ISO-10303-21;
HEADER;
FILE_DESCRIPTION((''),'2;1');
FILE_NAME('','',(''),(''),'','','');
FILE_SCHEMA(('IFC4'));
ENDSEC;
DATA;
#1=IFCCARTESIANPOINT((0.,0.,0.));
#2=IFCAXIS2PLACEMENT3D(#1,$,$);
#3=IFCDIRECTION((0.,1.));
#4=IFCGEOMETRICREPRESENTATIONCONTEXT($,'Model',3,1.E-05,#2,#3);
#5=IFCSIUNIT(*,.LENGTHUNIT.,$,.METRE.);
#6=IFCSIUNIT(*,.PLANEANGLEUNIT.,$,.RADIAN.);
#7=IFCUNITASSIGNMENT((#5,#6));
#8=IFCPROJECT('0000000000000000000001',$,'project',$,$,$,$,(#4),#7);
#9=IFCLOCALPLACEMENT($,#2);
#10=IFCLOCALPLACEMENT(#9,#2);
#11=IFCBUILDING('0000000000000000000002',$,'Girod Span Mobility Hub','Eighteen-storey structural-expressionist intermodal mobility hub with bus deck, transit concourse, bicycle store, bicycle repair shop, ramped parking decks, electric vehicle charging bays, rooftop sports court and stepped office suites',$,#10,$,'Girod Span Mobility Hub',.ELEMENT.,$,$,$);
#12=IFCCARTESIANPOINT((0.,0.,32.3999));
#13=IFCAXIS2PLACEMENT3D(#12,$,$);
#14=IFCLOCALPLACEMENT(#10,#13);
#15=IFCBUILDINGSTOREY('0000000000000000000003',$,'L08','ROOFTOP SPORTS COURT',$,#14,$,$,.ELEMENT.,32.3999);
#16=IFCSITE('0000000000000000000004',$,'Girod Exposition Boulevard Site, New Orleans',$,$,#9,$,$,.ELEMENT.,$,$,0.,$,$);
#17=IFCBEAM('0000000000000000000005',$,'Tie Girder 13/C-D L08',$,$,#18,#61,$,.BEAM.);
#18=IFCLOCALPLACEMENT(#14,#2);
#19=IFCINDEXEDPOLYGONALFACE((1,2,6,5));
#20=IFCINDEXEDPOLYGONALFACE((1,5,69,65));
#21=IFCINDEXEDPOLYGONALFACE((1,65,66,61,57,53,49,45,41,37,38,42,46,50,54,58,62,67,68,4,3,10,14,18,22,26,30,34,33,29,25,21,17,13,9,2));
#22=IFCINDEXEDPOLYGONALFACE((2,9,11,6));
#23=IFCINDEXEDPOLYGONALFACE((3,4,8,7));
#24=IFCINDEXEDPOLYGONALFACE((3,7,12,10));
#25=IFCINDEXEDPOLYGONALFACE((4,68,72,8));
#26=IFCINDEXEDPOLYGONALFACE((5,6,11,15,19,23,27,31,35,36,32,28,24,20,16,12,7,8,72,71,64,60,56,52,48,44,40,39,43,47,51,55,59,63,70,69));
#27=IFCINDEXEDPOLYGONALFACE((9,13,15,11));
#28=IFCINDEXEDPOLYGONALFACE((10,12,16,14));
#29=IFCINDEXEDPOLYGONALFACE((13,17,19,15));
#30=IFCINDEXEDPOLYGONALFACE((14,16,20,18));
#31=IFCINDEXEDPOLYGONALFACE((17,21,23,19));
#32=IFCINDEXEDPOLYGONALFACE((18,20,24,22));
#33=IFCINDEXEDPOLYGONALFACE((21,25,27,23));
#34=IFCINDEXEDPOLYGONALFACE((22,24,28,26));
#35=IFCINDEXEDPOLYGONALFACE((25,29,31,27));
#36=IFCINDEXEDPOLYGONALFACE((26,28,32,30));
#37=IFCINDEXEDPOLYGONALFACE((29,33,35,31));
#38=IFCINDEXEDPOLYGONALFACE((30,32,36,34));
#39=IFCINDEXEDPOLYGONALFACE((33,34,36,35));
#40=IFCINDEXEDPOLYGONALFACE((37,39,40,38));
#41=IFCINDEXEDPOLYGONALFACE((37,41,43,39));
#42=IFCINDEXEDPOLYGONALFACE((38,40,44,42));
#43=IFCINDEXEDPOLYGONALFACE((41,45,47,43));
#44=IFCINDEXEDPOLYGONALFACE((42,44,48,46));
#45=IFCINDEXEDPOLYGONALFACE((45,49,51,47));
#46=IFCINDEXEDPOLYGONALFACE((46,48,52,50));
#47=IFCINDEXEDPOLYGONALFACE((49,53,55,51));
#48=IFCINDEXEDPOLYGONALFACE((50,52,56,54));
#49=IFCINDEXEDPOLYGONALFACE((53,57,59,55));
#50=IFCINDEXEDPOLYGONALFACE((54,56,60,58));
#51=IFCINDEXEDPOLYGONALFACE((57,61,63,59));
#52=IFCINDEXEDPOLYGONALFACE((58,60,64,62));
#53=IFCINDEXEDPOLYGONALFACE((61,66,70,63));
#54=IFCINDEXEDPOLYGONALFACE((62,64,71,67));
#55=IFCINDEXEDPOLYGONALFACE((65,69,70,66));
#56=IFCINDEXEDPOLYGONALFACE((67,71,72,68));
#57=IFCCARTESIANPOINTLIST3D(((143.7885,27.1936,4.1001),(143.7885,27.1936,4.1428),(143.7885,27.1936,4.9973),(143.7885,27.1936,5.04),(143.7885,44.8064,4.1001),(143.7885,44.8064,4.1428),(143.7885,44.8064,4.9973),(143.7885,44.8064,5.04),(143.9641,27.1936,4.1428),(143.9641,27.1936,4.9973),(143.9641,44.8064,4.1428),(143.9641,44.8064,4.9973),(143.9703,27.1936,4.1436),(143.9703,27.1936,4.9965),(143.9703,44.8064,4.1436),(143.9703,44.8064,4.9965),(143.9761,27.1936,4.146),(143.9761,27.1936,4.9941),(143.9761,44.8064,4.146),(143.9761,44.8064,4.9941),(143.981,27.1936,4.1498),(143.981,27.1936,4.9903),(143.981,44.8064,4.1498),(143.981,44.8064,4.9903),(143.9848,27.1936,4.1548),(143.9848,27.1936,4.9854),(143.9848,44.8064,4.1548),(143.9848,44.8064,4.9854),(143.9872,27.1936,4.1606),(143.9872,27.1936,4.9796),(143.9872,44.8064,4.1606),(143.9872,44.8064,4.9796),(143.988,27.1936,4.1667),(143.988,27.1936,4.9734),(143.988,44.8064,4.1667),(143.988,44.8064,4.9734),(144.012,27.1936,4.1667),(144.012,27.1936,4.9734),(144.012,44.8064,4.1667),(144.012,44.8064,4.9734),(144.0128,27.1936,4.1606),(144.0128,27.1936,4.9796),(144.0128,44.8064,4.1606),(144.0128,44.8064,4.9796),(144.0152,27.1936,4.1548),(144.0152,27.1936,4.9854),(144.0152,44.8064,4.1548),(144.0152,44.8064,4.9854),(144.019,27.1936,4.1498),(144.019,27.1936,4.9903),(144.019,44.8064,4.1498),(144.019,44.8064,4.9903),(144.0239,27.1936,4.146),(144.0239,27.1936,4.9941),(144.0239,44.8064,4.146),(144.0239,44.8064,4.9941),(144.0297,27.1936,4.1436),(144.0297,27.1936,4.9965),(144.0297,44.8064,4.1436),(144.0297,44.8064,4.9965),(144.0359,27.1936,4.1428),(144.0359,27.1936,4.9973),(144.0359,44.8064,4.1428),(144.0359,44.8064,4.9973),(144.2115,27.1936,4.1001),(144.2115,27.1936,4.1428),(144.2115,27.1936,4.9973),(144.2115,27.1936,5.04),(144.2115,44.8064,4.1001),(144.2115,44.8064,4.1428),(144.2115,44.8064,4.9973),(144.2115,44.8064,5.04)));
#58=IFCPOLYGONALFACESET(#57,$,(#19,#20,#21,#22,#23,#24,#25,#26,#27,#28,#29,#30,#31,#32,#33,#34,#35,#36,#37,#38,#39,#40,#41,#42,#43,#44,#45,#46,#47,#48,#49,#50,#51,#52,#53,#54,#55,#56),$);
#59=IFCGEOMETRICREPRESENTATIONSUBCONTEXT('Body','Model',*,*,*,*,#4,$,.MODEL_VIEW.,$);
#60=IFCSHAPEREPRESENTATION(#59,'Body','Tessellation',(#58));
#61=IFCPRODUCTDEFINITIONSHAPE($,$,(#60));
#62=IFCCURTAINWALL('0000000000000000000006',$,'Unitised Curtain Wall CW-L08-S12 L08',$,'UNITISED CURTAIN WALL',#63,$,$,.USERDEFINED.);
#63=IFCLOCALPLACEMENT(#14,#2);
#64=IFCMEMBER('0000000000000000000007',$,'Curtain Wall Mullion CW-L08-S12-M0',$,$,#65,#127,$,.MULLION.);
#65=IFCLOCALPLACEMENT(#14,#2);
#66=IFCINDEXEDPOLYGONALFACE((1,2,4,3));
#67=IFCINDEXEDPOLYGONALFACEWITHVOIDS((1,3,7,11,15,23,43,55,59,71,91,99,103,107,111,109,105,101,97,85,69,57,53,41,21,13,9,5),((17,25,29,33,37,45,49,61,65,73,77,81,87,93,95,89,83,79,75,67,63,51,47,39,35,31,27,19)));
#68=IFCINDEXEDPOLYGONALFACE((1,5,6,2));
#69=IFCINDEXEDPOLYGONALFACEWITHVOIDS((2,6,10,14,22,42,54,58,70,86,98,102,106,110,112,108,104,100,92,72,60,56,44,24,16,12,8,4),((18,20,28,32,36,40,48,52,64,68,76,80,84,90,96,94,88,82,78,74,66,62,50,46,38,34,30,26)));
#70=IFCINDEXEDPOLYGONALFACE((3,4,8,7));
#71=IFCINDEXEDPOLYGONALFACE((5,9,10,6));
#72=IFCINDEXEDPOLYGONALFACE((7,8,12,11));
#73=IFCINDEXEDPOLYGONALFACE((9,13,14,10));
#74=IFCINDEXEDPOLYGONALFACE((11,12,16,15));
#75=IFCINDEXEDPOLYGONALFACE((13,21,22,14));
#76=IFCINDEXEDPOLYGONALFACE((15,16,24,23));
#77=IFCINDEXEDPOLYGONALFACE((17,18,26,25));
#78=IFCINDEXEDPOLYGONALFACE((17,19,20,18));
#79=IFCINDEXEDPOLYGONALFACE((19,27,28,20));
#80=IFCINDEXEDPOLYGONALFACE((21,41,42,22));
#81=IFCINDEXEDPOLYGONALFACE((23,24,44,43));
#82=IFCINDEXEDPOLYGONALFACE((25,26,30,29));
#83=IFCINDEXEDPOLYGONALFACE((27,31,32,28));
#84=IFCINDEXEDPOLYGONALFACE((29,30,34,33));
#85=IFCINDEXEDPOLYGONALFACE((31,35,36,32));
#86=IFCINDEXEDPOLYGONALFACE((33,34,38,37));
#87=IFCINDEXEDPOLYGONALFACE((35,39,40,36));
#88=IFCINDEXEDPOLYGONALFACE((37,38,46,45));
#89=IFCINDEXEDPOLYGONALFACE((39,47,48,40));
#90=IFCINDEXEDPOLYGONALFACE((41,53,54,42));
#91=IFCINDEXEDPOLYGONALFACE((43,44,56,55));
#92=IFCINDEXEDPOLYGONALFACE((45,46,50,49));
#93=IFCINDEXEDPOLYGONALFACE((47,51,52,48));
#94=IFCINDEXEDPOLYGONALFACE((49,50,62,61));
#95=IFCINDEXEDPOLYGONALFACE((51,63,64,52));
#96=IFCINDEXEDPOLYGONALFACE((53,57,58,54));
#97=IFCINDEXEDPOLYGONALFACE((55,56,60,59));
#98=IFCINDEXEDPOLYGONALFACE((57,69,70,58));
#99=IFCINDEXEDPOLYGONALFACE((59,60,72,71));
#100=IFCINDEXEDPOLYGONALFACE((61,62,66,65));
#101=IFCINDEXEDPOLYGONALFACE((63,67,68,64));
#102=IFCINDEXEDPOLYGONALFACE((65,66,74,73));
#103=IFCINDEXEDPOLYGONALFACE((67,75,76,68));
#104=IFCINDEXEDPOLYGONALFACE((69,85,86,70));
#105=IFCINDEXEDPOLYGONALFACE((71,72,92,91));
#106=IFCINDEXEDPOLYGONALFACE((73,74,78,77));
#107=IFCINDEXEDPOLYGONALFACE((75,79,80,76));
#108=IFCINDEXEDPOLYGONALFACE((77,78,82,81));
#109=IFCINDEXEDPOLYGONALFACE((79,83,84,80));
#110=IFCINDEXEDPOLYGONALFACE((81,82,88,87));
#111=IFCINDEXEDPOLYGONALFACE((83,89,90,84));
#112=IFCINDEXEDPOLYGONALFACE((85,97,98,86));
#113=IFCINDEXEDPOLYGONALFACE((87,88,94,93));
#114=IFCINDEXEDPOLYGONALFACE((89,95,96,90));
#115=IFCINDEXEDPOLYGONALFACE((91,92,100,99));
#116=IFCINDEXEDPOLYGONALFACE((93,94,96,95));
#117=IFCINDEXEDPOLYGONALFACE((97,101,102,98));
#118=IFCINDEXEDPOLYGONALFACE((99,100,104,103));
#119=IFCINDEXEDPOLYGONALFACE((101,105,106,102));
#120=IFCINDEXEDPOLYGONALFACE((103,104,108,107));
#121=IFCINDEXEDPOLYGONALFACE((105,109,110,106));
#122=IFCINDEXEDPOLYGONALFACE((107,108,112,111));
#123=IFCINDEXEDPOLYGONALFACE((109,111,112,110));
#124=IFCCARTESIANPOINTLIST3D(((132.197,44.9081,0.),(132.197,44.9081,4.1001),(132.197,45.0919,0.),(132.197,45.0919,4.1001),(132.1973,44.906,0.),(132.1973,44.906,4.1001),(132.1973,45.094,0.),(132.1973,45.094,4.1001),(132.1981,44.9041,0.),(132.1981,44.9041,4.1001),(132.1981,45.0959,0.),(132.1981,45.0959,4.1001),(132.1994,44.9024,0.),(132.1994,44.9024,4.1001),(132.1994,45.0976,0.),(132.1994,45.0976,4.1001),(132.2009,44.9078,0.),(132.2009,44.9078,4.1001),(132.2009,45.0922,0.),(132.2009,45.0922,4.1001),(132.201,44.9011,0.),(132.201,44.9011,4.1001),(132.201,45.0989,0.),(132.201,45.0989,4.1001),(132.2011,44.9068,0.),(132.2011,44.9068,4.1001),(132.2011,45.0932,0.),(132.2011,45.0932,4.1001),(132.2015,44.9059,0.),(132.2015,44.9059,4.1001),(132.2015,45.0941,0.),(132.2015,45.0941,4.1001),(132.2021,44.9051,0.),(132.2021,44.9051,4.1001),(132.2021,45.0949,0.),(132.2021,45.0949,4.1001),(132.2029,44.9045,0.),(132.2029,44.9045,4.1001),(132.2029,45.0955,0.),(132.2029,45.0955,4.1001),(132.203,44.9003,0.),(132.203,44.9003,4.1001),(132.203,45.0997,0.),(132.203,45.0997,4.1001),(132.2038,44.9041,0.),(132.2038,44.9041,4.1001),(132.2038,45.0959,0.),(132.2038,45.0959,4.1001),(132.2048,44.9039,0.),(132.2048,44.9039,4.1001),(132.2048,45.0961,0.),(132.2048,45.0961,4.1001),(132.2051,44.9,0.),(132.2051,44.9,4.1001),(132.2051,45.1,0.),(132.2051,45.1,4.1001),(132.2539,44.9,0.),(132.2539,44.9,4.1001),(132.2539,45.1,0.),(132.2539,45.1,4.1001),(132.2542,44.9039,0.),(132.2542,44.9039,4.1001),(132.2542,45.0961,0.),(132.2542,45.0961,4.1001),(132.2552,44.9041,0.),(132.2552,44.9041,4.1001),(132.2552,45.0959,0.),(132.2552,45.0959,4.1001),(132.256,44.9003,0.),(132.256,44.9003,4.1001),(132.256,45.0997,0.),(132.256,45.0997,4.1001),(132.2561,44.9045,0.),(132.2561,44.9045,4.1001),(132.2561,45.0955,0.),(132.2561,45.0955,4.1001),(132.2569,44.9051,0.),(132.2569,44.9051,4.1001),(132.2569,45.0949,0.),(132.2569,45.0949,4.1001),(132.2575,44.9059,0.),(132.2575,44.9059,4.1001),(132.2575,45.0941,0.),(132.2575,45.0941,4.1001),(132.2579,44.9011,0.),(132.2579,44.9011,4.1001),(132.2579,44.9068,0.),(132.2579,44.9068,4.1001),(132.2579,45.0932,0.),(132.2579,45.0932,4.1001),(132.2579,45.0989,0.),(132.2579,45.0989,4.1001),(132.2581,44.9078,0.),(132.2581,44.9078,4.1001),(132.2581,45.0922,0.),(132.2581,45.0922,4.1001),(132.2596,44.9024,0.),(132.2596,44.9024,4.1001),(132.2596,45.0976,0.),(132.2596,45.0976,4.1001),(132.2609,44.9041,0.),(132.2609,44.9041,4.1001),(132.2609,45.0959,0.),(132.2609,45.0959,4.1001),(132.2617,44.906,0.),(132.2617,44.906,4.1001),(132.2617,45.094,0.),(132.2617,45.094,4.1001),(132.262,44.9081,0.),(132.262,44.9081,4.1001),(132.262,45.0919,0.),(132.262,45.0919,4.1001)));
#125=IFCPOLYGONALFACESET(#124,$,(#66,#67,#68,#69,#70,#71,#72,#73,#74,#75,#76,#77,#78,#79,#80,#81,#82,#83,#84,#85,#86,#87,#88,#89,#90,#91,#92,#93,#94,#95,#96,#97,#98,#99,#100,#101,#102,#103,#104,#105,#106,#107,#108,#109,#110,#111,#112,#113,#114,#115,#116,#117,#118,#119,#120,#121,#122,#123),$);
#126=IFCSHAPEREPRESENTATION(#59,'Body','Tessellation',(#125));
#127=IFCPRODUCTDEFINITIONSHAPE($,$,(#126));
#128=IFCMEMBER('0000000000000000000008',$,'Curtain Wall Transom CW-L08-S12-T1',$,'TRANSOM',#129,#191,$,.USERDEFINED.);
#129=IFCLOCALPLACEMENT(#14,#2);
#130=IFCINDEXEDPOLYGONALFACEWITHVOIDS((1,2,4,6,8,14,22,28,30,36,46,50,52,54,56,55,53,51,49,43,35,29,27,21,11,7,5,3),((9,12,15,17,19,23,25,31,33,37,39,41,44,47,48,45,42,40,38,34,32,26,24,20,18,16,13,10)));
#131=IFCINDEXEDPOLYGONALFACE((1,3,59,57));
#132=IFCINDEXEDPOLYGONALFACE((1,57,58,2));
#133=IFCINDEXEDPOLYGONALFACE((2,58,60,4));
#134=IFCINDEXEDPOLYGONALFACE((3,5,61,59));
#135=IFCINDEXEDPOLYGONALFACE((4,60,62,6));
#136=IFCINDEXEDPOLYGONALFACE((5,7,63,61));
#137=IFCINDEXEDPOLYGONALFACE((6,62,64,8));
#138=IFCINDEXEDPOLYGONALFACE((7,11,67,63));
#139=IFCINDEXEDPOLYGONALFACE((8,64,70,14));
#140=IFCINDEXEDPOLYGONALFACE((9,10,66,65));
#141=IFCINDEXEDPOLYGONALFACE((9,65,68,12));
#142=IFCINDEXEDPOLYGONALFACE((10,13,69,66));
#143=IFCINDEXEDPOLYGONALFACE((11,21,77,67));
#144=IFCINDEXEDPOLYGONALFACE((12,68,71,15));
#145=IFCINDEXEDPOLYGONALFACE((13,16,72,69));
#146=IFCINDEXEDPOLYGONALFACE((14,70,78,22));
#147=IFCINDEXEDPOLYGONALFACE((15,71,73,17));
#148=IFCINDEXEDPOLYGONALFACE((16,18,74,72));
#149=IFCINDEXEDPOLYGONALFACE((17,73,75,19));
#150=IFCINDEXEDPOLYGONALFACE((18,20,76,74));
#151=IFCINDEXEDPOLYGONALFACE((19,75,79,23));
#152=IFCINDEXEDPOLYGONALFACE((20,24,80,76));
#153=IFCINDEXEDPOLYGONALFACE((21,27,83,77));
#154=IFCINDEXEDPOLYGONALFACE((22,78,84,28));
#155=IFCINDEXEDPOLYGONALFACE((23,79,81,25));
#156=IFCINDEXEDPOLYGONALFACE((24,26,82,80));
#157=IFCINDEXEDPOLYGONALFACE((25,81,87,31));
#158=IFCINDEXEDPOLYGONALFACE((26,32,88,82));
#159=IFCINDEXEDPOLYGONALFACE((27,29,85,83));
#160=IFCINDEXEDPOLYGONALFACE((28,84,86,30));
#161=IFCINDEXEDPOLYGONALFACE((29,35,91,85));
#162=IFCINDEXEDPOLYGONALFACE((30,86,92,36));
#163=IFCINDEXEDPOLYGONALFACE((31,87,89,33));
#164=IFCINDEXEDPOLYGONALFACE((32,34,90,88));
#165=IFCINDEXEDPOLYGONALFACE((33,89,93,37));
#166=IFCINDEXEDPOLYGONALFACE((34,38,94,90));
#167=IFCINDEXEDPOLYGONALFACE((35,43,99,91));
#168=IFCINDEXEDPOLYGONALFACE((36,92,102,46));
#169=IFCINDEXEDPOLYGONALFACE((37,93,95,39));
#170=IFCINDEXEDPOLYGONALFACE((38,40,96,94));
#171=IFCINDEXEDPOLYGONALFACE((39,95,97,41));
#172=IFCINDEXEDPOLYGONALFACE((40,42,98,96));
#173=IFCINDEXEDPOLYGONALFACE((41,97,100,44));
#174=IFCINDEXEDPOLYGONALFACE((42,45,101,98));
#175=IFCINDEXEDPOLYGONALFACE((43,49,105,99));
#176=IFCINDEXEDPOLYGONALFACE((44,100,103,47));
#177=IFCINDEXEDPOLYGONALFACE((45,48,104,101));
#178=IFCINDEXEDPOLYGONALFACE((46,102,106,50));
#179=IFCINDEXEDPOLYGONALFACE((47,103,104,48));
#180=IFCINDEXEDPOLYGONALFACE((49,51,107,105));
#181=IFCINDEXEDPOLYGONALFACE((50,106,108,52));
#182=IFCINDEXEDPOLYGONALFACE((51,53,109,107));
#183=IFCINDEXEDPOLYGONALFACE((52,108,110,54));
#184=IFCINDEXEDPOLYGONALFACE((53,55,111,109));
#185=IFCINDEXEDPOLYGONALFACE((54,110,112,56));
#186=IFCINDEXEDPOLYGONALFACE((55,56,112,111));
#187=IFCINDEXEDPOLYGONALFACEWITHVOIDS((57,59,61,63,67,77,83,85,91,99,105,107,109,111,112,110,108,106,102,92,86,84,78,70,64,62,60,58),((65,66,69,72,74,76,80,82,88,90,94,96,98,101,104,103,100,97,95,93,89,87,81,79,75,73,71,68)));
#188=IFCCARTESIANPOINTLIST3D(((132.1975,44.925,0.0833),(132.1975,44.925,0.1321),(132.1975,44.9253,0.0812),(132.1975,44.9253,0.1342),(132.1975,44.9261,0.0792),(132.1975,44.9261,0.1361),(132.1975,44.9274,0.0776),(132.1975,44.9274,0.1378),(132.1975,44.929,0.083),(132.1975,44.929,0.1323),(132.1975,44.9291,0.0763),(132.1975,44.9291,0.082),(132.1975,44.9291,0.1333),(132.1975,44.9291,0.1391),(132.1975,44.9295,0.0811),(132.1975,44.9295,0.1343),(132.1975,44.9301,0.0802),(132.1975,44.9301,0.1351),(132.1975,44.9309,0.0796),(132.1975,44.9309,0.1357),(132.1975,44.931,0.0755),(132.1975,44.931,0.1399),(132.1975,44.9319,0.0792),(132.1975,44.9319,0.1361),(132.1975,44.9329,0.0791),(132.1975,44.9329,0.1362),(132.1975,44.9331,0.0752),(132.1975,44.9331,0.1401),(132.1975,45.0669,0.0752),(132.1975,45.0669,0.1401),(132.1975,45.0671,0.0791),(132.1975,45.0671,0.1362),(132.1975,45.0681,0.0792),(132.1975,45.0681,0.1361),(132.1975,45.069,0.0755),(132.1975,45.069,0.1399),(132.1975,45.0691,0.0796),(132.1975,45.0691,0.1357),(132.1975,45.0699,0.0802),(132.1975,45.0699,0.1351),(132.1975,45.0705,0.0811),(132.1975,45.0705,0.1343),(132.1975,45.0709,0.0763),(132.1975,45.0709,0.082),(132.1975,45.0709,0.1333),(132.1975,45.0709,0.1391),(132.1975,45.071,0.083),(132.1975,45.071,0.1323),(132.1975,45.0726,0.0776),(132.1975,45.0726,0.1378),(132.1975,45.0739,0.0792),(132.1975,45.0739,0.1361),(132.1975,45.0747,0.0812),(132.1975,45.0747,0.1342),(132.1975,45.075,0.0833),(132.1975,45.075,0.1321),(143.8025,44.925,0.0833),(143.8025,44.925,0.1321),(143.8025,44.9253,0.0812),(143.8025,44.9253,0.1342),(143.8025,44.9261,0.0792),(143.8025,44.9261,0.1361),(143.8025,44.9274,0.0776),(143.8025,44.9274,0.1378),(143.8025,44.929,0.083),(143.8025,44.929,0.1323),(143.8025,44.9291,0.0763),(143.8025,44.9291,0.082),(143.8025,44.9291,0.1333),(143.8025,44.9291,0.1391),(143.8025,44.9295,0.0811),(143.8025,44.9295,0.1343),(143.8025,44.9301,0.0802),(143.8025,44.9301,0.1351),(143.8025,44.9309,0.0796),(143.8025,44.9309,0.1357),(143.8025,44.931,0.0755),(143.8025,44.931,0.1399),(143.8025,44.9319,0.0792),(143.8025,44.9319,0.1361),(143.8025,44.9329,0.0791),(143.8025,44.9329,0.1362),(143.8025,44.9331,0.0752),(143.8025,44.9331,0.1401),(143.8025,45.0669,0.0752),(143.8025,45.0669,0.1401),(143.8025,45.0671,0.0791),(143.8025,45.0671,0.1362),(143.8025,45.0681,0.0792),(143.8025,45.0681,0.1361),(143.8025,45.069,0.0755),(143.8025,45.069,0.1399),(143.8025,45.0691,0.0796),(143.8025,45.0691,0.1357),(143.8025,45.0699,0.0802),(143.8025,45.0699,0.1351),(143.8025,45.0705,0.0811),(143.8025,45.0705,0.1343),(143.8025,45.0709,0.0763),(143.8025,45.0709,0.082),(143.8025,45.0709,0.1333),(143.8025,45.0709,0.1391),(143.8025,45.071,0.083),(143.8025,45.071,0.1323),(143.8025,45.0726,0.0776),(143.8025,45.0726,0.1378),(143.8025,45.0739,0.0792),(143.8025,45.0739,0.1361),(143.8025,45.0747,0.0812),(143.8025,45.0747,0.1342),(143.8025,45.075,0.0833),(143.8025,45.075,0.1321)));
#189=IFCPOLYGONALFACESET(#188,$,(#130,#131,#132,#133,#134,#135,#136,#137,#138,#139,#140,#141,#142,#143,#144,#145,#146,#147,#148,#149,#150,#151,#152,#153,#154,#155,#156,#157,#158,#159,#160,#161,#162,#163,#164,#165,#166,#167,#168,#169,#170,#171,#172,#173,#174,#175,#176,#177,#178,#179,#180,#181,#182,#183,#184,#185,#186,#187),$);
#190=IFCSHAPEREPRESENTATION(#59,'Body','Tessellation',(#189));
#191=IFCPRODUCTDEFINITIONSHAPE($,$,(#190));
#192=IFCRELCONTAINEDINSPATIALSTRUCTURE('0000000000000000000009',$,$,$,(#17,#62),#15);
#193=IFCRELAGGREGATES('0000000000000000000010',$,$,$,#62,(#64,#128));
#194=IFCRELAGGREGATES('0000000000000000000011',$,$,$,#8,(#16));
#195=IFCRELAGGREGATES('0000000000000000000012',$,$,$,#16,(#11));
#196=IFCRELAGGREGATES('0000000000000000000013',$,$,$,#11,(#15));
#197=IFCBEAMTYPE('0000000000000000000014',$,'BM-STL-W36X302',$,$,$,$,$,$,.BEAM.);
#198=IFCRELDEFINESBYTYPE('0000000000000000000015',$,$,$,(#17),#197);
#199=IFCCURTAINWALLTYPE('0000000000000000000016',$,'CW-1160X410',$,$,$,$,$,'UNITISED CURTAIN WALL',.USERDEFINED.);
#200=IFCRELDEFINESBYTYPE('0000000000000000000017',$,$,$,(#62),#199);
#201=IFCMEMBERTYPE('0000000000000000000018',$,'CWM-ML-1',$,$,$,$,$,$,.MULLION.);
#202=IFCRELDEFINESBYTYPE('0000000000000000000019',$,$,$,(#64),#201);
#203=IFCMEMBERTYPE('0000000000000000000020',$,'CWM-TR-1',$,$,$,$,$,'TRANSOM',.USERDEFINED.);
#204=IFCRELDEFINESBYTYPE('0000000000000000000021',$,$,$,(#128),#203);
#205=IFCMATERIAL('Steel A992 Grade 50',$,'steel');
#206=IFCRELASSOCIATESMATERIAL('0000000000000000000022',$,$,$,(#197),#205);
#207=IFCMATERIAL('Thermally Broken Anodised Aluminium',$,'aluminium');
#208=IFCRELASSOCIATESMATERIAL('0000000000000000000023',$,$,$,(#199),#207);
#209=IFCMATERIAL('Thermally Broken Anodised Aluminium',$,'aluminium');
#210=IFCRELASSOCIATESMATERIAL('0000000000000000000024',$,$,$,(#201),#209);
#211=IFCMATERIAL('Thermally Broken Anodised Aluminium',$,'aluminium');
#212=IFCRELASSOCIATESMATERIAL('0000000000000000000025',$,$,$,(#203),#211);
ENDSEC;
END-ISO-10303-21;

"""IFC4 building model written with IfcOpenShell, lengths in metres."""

from ifc_helpers import new_model, si_unit, direction, frame, origin, origin_2d, place, context, subcontext, project, spatial, hollow_rectangle, i_section, extrude, material, material_profile, profile_set, type_object, element, aggregate, save


model = new_model("IFC4")

# Units and contexts
model_context = context("Model", 3, precision=1e-05, world=origin(), true_north=direction((0.0, 1.0)))
body_context = subcontext(model_context, "Body", "Model", "MODEL_VIEW")
ifc_project = project(units=[si_unit("LENGTHUNIT", "METRE"), si_unit("PLANEANGLEUNIT", "RADIAN")], contexts=[model_context])

# Site, building, storey
site_placement = place(None, origin())
site = spatial("IfcSite", under=ifc_project, at=site_placement, Name="Girod Exposition Boulevard Site, New Orleans", CompositionType="ELEMENT", RefElevation=0.0)
building_placement = place(site_placement, origin())
building = spatial("IfcBuilding", under=site, at=building_placement, Name="Girod Span Mobility Hub", Description="Eighteen-storey structural-expressionist intermodal mobility hub with bus deck, transit concourse, bicycle store, bicycle repair shop, ramped parking decks, electric vehicle charging bays, rooftop sports court and stepped office suites", LongName="Girod Span Mobility Hub", CompositionType="ELEMENT")
storey_placement = place(building_placement, frame((0.0, 0.0, 32.3999)))
storey = spatial("IfcBuildingStorey", under=building, at=storey_placement, Name="L08", Description="ROOFTOP SPORTS COURT", CompositionType="ELEMENT", Elevation=32.3999)

# Beam
ifc_material_1 = material(Name="Steel A992 Grade 50", Category="steel")
ifc_material_profile_1 = material_profile(ifc_material_1, i_section(OverallWidth=0.4231, OverallDepth=0.9399, WebThickness=0.0239, FlangeThickness=0.0427, FilletRadius=0.0239, at=origin_2d()), Name="W36X302")
ifc_profile_set_1 = profile_set([ifc_material_profile_1], Name="Steel A992 Grade 50")
beam_type_1 = type_object("IfcBeamType", Name="BM-STL-W36X302", PredefinedType="BEAM", material=ifc_profile_set_1)
for number, where, z_axis, x_axis, name in (
    (1, (144.0, 27.1936, 4.5701), (0.0, 1.0, 0.0), (-1.0, 0.0, 0.0), "Tie Girder 13/C-D L08"),
):
    element("IfcBeam", number, at=place(storey_placement, frame(where, z_axis=z_axis, x_axis=x_axis)), inside=storey, type_object=beam_type_1, Name=name, PredefinedType="BEAM", context=body_context, shape_type="SweptSolid", body=[
        extrude(i_section(OverallWidth=0.4231, OverallDepth=0.9399, WebThickness=0.0239, FlangeThickness=0.0427, FilletRadius=0.0239, at=origin_2d()), origin(), (0.0, 0.0, 1.0), 17.6128),
    ])

# Curtain wall, members
ifc_material_2 = material(Name="Thermally Broken Anodised Aluminium", Category="aluminium")
curtain_wall_type = type_object("IfcCurtainWallType", Name="CW-1160X410", ElementType="UNITISED CURTAIN WALL", PredefinedType="USERDEFINED", material=ifc_material_2)
curtain_wall_placement = place(storey_placement, origin())
curtain_wall = element("IfcCurtainWall", 2, at=curtain_wall_placement, inside=storey, type_object=curtain_wall_type, Name="Unitised Curtain Wall CW-L08-S12 L08", ObjectType="UNITISED CURTAIN WALL", PredefinedType="USERDEFINED")
ifc_material_3 = material(Name="Thermally Broken Anodised Aluminium", Category="aluminium")
ifc_material_profile_2 = material_profile(ifc_material_3, hollow_rectangle(XDim=0.2, YDim=0.0649, WallThickness=0.0039, InnerFilletRadius=0.0039, OuterFilletRadius=0.0081, at=origin_2d()), Name="CW-ML-65X200")
ifc_profile_set_2 = profile_set([ifc_material_profile_2], Name="Thermally Broken Anodised Aluminium")
member_type_1 = type_object("IfcMemberType", Name="CWM-ML-1", PredefinedType="MULLION", material=ifc_profile_set_2)
member_1_placement = place(storey_placement, frame((132.2295, 45.0, 0.0), z_axis=(0.0, 0.0, 1.0), x_axis=(0.0, 1.0, 0.0)))
member_1 = element("IfcMember", 3, at=member_1_placement, type_object=member_type_1, Name="Curtain Wall Mullion CW-L08-S12-M0", PredefinedType="MULLION", context=body_context, shape_type="SweptSolid", body=[
    extrude(hollow_rectangle(XDim=0.2, YDim=0.0649, WallThickness=0.0039, InnerFilletRadius=0.0039, OuterFilletRadius=0.0081, at=origin_2d()), origin(), (0.0, 0.0, 1.0), 4.1001),
])
ifc_material_4 = material(Name="Thermally Broken Anodised Aluminium", Category="aluminium")
ifc_material_profile_3 = material_profile(ifc_material_4, hollow_rectangle(XDim=0.1499, YDim=0.0649, WallThickness=0.0039, InnerFilletRadius=0.0039, OuterFilletRadius=0.0081, at=origin_2d()), Name="CW-TR-65X150")
ifc_profile_set_3 = profile_set([ifc_material_profile_3], Name="Thermally Broken Anodised Aluminium")
member_type_2 = type_object("IfcMemberType", Name="CWM-TR-1", ElementType="TRANSOM", PredefinedType="USERDEFINED", material=ifc_profile_set_3)
member_2_placement = place(storey_placement, frame((132.1975, 45.0, 0.1077), z_axis=(1.0, 0.0, 0.0), x_axis=(0.0, 1.0, 0.0)))
member_2 = element("IfcMember", 4, at=member_2_placement, type_object=member_type_2, Name="Curtain Wall Transom CW-L08-S12-T1", ObjectType="TRANSOM", PredefinedType="USERDEFINED", context=body_context, shape_type="SweptSolid", body=[
    extrude(hollow_rectangle(XDim=0.1499, YDim=0.0649, WallThickness=0.0039, InnerFilletRadius=0.0039, OuterFilletRadius=0.0081, at=origin_2d()), origin(), (0.0, 0.0, 1.0), 11.605),
])

aggregate(curtain_wall, [member_1, member_2])

save(model, "model.ifc")
